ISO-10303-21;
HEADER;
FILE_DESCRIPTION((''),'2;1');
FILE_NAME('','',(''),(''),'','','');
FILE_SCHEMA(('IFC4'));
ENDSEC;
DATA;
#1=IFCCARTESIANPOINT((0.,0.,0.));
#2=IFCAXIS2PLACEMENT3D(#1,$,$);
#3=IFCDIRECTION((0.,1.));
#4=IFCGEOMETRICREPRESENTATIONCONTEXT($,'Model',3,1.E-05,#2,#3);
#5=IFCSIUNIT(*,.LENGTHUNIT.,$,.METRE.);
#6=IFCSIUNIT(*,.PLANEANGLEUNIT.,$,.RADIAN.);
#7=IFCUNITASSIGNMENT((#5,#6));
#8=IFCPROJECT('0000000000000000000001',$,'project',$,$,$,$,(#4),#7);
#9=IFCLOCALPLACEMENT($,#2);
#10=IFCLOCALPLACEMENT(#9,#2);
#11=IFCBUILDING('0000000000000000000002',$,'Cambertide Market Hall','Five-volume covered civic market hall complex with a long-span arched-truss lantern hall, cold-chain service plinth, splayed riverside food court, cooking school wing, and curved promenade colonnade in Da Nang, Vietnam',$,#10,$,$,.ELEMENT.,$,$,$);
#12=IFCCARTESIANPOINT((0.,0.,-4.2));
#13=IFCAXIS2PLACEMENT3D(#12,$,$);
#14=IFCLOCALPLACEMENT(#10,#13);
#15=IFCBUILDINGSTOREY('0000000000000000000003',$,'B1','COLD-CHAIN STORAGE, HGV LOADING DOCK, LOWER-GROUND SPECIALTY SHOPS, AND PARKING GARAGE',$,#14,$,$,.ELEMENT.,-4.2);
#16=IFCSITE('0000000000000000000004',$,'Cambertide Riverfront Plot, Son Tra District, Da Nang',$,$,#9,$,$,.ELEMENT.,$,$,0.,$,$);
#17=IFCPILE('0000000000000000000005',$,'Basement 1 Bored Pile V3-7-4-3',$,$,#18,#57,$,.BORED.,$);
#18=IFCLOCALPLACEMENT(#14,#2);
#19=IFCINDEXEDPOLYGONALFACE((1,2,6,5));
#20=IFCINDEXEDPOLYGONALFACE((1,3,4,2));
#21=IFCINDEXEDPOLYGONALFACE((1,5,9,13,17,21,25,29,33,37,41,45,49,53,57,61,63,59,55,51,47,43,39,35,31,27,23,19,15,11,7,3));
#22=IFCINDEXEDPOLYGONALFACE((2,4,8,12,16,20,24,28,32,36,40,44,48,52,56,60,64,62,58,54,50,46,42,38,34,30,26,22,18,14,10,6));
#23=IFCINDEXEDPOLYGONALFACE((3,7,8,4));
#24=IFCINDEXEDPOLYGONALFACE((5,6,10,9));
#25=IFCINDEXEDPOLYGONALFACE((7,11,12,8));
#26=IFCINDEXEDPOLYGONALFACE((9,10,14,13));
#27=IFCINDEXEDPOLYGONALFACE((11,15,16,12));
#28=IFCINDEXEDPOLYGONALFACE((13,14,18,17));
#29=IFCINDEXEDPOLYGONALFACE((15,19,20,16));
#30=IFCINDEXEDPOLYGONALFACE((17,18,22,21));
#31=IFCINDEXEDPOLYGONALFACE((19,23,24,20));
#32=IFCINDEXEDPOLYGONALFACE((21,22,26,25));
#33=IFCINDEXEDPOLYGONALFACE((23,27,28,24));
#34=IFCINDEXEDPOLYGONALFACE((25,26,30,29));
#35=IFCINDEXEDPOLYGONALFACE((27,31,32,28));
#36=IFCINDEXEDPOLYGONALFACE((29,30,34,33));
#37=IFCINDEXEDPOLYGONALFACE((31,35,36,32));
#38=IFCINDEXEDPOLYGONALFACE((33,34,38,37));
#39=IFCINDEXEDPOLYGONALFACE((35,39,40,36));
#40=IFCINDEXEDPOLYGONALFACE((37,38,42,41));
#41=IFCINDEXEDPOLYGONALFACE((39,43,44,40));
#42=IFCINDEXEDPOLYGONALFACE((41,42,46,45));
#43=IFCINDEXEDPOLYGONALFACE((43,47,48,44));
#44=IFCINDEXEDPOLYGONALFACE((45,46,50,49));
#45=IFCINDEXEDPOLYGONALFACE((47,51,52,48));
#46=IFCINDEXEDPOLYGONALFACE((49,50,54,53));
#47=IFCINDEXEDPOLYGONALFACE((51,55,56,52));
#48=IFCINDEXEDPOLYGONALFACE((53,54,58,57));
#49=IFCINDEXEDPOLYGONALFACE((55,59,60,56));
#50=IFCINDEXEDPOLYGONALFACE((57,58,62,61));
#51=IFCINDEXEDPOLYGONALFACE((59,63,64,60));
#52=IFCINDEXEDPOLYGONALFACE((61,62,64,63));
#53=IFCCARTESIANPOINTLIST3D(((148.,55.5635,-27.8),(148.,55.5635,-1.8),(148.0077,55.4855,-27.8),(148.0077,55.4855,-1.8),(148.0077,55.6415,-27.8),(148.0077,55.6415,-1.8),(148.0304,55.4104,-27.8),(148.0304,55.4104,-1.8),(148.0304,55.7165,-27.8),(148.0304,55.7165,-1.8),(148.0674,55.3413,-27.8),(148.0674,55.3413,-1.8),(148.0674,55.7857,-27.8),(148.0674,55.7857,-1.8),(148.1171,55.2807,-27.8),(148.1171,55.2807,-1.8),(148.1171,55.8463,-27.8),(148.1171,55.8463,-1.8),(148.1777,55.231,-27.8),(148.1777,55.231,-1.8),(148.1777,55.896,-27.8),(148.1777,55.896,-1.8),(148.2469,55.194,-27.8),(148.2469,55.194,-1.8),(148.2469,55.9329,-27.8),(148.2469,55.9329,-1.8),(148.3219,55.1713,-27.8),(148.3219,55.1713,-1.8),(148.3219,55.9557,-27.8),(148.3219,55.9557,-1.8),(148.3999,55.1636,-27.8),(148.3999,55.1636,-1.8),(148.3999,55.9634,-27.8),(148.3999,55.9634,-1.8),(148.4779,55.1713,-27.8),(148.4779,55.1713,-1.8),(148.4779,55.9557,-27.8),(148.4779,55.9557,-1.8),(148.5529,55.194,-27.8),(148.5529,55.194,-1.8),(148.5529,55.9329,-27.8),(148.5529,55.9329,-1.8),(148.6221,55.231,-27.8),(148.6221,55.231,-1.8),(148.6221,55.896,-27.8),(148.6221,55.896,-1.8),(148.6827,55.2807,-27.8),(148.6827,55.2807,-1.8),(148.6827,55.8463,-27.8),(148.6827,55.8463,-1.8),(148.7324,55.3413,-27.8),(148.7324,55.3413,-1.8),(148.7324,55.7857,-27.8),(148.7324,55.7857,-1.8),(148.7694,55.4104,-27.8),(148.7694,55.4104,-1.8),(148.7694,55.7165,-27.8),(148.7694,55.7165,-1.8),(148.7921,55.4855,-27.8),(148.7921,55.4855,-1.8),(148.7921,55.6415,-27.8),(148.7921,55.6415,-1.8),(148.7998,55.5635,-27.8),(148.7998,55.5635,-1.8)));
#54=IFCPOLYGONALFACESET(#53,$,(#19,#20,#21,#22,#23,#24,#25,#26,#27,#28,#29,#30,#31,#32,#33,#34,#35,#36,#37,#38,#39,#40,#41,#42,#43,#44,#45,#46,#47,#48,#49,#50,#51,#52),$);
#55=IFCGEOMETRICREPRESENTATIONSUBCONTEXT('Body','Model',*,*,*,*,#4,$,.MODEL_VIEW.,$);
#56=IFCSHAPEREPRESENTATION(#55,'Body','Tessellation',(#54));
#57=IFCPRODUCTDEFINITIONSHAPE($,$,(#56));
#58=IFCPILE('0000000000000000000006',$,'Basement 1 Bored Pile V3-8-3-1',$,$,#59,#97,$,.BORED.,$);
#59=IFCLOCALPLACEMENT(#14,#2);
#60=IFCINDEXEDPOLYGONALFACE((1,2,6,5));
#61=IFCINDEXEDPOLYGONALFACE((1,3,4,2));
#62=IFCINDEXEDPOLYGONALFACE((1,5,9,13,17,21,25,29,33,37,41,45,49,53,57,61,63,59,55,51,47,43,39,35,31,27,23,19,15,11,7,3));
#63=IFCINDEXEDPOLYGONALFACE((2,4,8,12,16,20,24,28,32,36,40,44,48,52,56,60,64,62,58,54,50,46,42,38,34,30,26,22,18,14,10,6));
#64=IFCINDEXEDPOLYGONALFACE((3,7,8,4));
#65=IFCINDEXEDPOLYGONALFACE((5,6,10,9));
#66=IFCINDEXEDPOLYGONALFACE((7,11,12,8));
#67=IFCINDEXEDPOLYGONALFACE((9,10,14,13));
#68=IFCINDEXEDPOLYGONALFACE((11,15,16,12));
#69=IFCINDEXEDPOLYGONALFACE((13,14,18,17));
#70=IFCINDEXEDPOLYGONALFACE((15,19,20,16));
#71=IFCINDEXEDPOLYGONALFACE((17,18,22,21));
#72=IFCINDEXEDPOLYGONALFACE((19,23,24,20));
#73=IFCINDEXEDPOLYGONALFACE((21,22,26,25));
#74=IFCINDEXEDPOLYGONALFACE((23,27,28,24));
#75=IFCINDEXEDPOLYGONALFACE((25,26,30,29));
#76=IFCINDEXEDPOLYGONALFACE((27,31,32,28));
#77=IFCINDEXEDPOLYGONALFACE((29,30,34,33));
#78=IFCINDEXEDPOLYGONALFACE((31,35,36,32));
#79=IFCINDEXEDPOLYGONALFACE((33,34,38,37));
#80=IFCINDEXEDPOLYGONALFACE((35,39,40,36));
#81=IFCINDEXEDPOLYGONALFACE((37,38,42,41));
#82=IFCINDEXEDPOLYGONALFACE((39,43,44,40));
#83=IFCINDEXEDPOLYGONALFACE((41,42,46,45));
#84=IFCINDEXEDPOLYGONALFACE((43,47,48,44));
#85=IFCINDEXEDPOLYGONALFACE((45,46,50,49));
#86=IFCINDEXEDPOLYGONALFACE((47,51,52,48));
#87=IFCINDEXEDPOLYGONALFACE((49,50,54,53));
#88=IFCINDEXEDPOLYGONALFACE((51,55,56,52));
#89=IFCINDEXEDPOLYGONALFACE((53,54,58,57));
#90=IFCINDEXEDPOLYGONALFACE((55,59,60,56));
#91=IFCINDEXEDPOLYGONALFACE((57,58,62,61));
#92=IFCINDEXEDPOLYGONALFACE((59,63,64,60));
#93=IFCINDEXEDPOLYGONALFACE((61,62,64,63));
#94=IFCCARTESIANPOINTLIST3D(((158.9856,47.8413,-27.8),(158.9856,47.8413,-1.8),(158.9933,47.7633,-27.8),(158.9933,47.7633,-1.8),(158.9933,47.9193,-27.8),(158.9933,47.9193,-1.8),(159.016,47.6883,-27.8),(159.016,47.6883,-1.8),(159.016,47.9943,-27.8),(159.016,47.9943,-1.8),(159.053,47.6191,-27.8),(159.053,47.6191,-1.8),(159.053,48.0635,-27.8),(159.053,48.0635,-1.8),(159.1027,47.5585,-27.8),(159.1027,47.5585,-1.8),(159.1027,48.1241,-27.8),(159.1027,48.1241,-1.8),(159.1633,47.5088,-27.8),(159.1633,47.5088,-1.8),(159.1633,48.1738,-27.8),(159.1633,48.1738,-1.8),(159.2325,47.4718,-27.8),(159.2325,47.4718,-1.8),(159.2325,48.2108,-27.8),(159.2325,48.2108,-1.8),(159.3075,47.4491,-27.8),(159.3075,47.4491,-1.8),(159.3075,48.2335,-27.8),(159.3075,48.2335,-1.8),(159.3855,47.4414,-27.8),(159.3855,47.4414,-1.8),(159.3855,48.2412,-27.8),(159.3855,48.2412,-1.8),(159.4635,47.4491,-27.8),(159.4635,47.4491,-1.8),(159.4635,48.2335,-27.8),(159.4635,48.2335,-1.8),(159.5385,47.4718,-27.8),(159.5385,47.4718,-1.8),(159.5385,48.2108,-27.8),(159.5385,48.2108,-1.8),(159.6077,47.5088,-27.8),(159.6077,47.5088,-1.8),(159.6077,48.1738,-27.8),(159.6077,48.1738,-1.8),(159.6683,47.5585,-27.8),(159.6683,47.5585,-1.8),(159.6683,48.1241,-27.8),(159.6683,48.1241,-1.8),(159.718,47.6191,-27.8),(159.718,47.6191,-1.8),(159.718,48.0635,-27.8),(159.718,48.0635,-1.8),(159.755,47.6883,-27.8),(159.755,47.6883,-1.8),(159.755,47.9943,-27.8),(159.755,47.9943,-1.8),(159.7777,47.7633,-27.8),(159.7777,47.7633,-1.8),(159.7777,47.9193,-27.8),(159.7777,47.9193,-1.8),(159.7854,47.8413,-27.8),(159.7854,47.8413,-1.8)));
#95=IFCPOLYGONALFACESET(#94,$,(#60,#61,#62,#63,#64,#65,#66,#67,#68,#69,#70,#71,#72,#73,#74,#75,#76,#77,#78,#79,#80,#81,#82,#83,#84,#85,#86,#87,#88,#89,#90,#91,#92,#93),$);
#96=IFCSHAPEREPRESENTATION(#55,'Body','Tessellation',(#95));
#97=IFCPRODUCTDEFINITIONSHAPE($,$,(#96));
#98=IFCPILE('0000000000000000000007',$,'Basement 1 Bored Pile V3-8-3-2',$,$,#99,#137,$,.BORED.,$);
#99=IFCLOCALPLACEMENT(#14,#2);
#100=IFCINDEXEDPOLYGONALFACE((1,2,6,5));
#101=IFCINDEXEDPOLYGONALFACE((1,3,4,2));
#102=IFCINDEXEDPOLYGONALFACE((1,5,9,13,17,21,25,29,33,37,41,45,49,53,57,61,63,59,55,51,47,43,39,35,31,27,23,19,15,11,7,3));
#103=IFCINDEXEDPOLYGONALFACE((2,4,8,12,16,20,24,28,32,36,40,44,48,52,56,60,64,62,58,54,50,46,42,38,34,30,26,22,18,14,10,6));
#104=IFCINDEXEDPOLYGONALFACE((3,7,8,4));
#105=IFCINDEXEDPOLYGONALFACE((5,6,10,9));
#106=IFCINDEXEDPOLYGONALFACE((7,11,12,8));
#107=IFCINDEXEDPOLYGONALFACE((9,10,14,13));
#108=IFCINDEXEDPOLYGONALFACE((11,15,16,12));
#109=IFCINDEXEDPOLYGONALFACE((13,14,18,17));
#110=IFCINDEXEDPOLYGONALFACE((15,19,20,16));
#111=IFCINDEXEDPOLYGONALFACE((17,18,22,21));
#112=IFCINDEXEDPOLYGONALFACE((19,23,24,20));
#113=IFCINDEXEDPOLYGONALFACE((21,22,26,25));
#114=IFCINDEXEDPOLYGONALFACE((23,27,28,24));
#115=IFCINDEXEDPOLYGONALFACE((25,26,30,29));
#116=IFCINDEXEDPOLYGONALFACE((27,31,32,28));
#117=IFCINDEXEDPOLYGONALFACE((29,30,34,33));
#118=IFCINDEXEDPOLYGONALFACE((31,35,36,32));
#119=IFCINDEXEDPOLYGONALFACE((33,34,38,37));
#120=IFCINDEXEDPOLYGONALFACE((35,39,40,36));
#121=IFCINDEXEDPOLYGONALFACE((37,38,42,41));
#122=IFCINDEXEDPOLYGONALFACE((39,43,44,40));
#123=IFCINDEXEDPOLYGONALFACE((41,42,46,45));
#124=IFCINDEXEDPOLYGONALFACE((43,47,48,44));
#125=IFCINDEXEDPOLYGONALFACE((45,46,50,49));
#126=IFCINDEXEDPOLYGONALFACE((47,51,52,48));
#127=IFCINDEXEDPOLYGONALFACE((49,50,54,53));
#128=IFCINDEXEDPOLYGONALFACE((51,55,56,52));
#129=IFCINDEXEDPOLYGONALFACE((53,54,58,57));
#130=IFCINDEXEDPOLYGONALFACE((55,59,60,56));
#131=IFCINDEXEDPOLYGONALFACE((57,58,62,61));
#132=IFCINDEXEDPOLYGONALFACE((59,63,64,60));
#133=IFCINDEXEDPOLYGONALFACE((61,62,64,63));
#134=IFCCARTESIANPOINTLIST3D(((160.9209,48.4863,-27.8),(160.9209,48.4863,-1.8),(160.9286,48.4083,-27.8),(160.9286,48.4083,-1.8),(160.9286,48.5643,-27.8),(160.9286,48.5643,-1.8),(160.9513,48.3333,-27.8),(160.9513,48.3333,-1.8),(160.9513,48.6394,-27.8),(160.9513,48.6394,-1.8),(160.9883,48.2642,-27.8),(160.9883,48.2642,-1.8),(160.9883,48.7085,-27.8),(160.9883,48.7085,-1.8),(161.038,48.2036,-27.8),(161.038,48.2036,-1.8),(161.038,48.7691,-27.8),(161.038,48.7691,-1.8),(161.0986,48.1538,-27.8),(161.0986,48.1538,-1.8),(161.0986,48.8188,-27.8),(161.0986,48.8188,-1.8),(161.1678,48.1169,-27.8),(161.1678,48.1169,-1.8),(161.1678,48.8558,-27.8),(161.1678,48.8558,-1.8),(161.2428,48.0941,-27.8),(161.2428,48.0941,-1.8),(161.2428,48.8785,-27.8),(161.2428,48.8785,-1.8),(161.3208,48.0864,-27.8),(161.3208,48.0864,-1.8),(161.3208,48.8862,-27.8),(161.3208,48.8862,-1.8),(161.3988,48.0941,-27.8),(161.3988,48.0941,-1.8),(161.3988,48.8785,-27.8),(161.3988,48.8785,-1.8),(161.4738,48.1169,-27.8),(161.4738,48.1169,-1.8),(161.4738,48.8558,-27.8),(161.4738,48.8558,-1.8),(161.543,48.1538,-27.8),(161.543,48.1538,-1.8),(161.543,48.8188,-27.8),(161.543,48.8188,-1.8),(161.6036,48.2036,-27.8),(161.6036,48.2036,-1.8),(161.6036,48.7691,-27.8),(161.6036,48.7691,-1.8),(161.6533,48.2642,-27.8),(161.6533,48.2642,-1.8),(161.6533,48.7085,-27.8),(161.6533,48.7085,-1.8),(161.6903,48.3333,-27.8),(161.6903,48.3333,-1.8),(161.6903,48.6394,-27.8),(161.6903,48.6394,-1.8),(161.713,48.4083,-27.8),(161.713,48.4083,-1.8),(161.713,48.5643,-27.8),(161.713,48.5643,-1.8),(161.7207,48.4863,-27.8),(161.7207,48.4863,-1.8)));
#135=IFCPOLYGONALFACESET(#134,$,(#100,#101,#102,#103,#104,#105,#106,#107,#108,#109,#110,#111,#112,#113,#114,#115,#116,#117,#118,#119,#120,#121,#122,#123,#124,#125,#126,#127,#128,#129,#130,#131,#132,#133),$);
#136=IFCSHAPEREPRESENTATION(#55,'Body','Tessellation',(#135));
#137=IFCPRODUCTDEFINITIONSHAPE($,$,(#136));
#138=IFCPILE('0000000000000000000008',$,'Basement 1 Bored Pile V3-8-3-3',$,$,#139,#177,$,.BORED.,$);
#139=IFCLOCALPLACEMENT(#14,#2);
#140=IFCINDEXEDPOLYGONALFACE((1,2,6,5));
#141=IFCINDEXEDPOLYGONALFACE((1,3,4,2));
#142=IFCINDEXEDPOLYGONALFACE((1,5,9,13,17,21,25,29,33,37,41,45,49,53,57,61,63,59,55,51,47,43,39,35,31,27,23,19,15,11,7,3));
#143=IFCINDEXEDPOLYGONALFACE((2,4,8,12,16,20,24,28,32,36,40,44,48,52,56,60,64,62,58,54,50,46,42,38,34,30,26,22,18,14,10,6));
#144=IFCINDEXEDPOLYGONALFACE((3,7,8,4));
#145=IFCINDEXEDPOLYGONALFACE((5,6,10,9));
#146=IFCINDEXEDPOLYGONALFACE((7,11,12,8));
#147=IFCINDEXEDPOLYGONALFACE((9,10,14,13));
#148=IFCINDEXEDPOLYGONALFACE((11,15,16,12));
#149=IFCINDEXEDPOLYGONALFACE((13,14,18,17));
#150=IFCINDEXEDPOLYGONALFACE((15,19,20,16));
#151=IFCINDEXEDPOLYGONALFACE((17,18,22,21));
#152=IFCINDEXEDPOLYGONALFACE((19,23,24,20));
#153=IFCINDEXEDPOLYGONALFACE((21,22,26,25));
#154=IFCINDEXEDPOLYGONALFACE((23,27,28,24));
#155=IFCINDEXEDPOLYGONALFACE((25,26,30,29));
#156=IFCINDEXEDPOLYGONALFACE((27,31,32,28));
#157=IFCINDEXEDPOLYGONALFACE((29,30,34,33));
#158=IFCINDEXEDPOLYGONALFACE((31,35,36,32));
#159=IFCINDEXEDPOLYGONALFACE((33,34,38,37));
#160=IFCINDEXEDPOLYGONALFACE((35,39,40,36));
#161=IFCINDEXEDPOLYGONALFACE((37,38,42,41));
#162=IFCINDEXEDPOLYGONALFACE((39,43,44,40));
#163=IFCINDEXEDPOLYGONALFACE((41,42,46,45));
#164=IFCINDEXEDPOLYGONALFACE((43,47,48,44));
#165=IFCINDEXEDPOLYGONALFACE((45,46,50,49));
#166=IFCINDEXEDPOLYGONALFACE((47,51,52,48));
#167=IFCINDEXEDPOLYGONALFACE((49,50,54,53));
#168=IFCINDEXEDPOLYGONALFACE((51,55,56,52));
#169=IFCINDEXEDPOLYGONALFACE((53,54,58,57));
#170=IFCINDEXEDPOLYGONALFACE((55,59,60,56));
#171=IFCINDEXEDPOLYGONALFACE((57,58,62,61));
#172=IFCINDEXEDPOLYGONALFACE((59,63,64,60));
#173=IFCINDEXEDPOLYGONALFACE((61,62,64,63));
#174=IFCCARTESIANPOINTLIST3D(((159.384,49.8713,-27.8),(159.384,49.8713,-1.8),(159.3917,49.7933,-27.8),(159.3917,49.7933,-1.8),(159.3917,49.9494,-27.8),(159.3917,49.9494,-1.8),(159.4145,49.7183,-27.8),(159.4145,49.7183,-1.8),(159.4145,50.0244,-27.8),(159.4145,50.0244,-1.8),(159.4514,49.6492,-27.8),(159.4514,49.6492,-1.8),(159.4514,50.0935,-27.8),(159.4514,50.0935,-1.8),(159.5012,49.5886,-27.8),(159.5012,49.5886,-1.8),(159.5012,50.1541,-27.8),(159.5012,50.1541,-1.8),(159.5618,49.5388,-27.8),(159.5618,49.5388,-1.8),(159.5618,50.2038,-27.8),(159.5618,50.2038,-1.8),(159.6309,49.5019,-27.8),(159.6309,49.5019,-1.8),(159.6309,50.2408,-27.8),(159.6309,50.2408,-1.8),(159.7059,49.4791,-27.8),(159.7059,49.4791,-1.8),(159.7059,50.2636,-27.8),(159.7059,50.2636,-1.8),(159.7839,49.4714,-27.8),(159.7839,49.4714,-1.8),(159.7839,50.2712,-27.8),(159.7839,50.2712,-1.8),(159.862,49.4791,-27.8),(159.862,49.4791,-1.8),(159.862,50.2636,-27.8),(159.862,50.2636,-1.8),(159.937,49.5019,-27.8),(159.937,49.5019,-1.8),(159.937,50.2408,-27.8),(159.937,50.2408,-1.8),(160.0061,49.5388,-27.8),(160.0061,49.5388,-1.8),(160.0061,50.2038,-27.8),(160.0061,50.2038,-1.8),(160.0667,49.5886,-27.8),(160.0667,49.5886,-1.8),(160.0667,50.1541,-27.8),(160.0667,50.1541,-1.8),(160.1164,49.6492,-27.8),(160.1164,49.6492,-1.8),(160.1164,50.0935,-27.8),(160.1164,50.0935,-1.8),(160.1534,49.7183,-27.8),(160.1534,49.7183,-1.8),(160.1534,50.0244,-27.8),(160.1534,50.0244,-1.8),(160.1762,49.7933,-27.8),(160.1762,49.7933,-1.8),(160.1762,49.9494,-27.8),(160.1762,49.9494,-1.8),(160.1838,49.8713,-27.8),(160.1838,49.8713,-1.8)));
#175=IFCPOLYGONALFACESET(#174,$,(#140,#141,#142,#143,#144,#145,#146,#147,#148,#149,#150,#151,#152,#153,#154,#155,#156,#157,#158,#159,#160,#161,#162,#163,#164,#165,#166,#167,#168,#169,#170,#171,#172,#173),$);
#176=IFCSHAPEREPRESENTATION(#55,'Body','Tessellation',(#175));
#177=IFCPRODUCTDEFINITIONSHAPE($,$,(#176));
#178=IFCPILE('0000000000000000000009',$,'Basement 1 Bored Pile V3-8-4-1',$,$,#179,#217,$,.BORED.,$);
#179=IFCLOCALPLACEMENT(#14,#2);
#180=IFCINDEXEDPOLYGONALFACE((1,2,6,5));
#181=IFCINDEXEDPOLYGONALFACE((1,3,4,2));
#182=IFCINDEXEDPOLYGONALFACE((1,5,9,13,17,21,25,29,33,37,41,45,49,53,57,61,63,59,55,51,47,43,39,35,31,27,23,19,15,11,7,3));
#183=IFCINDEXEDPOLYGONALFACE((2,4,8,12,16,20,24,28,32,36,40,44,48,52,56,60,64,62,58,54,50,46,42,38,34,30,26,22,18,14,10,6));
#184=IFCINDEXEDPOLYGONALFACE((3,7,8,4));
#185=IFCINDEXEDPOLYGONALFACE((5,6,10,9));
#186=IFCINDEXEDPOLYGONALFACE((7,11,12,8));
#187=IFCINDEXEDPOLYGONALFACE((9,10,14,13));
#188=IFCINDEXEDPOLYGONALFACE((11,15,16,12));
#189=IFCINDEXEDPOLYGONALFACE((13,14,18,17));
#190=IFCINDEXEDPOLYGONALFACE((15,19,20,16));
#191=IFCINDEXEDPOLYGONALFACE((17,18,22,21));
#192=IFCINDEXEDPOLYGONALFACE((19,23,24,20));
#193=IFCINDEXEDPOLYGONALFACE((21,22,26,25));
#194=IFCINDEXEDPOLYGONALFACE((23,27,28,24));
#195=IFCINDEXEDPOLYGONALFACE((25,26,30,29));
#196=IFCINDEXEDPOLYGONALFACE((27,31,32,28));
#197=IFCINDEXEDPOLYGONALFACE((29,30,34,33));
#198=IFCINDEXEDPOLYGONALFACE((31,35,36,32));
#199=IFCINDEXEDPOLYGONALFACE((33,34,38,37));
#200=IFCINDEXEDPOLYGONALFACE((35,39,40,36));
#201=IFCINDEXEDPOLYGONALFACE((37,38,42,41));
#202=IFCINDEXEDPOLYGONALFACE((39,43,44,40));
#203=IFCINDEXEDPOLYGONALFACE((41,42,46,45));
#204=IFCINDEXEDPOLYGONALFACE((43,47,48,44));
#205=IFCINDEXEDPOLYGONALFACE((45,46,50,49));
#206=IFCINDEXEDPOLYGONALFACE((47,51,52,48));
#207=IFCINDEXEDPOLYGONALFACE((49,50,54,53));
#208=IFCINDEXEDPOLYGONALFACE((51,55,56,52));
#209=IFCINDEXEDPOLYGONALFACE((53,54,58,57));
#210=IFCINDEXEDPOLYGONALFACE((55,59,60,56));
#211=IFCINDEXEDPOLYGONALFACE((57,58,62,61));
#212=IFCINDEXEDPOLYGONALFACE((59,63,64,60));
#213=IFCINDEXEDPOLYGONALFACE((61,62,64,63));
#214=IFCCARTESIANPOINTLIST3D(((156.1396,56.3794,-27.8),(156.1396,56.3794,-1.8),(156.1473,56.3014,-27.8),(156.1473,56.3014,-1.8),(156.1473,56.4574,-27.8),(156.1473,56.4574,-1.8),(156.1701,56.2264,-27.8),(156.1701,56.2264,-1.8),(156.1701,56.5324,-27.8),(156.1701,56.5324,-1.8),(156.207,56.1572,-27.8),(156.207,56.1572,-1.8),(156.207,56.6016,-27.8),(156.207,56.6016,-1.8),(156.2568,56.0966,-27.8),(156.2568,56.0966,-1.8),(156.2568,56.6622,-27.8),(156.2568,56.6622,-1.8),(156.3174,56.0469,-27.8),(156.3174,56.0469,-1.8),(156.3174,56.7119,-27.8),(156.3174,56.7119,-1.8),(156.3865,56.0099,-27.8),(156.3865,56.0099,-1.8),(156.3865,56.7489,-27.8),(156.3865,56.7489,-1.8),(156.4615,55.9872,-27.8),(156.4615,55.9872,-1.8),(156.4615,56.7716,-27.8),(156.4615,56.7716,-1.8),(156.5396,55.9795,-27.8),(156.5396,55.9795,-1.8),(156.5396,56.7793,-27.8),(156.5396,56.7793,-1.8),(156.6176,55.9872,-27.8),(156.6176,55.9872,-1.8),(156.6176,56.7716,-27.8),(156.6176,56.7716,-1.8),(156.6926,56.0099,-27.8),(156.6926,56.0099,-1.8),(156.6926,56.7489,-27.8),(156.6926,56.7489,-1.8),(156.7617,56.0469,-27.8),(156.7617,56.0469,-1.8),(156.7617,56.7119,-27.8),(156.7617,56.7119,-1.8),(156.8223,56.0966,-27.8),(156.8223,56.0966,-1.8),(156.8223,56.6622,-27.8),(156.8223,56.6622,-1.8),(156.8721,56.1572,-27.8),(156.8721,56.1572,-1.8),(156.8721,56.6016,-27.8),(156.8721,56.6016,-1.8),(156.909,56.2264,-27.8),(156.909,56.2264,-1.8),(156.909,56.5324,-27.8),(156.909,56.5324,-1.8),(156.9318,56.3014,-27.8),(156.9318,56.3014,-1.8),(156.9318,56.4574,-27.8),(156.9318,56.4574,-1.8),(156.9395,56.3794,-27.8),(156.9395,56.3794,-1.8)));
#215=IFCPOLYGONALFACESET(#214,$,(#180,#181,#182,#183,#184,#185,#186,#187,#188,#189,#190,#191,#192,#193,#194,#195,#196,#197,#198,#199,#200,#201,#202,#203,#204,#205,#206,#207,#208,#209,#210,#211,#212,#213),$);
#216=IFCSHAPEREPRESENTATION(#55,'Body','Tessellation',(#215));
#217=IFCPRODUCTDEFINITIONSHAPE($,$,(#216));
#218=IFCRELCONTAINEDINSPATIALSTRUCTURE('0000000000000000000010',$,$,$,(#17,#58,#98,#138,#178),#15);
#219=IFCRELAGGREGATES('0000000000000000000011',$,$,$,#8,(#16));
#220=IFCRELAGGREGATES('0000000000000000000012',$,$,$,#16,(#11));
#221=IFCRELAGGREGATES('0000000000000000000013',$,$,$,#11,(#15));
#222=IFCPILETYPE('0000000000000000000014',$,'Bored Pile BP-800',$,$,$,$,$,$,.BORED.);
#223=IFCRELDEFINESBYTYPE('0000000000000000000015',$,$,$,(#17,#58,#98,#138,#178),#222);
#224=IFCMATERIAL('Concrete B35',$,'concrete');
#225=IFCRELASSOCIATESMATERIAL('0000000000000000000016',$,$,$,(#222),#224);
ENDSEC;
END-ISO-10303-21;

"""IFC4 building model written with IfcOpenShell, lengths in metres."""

from ifc_helpers import new_model, si_unit, direction, frame, origin, origin_2d, place, context, subcontext, project, spatial, circle, extrude, material, material_profile, profile_set, type_object, element, save


model = new_model("IFC4")

# Units and contexts
model_context = context("Model", 3, precision=1e-05, world=origin(), true_north=direction((0.0, 1.0)))
body_context = subcontext(model_context, "Body", "Model", "MODEL_VIEW")
ifc_project = project(units=[si_unit("LENGTHUNIT", "METRE"), si_unit("PLANEANGLEUNIT", "RADIAN")], contexts=[model_context])

# Site, building, storey
site_placement = place(None, origin())
site = spatial("IfcSite", under=ifc_project, at=site_placement, Name="Cambertide Riverfront Plot, Son Tra District, Da Nang", CompositionType="ELEMENT", RefElevation=0.0)
building_placement = place(site_placement, origin())
building = spatial("IfcBuilding", under=site, at=building_placement, Name="Cambertide Market Hall", Description="Five-volume covered civic market hall complex with a long-span arched-truss lantern hall, cold-chain service plinth, splayed riverside food court, cooking school wing, and curved promenade colonnade in Da Nang, Vietnam", CompositionType="ELEMENT")
storey_placement = place(building_placement, frame((0.0, 0.0, -4.2)))
storey = spatial("IfcBuildingStorey", under=building, at=storey_placement, Name="B1", Description="COLD-CHAIN STORAGE, HGV LOADING DOCK, LOWER-GROUND SPECIALTY SHOPS, AND PARKING GARAGE", CompositionType="ELEMENT", Elevation=-4.2)

# Piles
ifc_material_1 = material(Name="Concrete B35", Category="concrete")
ifc_material_profile_1 = material_profile(ifc_material_1, circle(Radius=0.3999, at=origin_2d()), Name="BP D800")
ifc_profile_set_1 = profile_set([ifc_material_profile_1], Name="Concrete B35")
pile_type = type_object("IfcPileType", Name="Bored Pile BP-800", PredefinedType="BORED", material=ifc_profile_set_1)
for number, where, z_axis, x_axis, name in (
    (1, (148.3999, 55.5635, -1.8), (0.0, 0.0, -1.0), (1.0, 0.0, 0.0), "Basement 1 Bored Pile V3-7-4-3"),
    (2, (159.3855, 47.8413, -1.8), (0.0, 0.0, -1.0), (1.0, 0.0, 0.0), "Basement 1 Bored Pile V3-8-3-1"),
    (3, (161.3208, 48.4863, -1.8), (0.0, 0.0, -1.0), (1.0, 0.0, 0.0), "Basement 1 Bored Pile V3-8-3-2"),
    (4, (159.7839, 49.8713, -1.8), (0.0, 0.0, -1.0), (1.0, 0.0, 0.0), "Basement 1 Bored Pile V3-8-3-3"),
    (5, (156.5396, 56.3794, -1.8), (0.0, 0.0, -1.0), (1.0, 0.0, 0.0), "Basement 1 Bored Pile V3-8-4-1"),
):
    element("IfcPile", number, at=place(storey_placement, frame(where, z_axis=z_axis, x_axis=x_axis)), inside=storey, type_object=pile_type, Name=name, PredefinedType="BORED", context=body_context, shape_type="SweptSolid", body=[
        extrude(circle(Radius=0.3999, at=origin_2d()), origin(), (0.0, 0.0, 1.0), 26.0),
    ])

save(model, "model.ifc")
